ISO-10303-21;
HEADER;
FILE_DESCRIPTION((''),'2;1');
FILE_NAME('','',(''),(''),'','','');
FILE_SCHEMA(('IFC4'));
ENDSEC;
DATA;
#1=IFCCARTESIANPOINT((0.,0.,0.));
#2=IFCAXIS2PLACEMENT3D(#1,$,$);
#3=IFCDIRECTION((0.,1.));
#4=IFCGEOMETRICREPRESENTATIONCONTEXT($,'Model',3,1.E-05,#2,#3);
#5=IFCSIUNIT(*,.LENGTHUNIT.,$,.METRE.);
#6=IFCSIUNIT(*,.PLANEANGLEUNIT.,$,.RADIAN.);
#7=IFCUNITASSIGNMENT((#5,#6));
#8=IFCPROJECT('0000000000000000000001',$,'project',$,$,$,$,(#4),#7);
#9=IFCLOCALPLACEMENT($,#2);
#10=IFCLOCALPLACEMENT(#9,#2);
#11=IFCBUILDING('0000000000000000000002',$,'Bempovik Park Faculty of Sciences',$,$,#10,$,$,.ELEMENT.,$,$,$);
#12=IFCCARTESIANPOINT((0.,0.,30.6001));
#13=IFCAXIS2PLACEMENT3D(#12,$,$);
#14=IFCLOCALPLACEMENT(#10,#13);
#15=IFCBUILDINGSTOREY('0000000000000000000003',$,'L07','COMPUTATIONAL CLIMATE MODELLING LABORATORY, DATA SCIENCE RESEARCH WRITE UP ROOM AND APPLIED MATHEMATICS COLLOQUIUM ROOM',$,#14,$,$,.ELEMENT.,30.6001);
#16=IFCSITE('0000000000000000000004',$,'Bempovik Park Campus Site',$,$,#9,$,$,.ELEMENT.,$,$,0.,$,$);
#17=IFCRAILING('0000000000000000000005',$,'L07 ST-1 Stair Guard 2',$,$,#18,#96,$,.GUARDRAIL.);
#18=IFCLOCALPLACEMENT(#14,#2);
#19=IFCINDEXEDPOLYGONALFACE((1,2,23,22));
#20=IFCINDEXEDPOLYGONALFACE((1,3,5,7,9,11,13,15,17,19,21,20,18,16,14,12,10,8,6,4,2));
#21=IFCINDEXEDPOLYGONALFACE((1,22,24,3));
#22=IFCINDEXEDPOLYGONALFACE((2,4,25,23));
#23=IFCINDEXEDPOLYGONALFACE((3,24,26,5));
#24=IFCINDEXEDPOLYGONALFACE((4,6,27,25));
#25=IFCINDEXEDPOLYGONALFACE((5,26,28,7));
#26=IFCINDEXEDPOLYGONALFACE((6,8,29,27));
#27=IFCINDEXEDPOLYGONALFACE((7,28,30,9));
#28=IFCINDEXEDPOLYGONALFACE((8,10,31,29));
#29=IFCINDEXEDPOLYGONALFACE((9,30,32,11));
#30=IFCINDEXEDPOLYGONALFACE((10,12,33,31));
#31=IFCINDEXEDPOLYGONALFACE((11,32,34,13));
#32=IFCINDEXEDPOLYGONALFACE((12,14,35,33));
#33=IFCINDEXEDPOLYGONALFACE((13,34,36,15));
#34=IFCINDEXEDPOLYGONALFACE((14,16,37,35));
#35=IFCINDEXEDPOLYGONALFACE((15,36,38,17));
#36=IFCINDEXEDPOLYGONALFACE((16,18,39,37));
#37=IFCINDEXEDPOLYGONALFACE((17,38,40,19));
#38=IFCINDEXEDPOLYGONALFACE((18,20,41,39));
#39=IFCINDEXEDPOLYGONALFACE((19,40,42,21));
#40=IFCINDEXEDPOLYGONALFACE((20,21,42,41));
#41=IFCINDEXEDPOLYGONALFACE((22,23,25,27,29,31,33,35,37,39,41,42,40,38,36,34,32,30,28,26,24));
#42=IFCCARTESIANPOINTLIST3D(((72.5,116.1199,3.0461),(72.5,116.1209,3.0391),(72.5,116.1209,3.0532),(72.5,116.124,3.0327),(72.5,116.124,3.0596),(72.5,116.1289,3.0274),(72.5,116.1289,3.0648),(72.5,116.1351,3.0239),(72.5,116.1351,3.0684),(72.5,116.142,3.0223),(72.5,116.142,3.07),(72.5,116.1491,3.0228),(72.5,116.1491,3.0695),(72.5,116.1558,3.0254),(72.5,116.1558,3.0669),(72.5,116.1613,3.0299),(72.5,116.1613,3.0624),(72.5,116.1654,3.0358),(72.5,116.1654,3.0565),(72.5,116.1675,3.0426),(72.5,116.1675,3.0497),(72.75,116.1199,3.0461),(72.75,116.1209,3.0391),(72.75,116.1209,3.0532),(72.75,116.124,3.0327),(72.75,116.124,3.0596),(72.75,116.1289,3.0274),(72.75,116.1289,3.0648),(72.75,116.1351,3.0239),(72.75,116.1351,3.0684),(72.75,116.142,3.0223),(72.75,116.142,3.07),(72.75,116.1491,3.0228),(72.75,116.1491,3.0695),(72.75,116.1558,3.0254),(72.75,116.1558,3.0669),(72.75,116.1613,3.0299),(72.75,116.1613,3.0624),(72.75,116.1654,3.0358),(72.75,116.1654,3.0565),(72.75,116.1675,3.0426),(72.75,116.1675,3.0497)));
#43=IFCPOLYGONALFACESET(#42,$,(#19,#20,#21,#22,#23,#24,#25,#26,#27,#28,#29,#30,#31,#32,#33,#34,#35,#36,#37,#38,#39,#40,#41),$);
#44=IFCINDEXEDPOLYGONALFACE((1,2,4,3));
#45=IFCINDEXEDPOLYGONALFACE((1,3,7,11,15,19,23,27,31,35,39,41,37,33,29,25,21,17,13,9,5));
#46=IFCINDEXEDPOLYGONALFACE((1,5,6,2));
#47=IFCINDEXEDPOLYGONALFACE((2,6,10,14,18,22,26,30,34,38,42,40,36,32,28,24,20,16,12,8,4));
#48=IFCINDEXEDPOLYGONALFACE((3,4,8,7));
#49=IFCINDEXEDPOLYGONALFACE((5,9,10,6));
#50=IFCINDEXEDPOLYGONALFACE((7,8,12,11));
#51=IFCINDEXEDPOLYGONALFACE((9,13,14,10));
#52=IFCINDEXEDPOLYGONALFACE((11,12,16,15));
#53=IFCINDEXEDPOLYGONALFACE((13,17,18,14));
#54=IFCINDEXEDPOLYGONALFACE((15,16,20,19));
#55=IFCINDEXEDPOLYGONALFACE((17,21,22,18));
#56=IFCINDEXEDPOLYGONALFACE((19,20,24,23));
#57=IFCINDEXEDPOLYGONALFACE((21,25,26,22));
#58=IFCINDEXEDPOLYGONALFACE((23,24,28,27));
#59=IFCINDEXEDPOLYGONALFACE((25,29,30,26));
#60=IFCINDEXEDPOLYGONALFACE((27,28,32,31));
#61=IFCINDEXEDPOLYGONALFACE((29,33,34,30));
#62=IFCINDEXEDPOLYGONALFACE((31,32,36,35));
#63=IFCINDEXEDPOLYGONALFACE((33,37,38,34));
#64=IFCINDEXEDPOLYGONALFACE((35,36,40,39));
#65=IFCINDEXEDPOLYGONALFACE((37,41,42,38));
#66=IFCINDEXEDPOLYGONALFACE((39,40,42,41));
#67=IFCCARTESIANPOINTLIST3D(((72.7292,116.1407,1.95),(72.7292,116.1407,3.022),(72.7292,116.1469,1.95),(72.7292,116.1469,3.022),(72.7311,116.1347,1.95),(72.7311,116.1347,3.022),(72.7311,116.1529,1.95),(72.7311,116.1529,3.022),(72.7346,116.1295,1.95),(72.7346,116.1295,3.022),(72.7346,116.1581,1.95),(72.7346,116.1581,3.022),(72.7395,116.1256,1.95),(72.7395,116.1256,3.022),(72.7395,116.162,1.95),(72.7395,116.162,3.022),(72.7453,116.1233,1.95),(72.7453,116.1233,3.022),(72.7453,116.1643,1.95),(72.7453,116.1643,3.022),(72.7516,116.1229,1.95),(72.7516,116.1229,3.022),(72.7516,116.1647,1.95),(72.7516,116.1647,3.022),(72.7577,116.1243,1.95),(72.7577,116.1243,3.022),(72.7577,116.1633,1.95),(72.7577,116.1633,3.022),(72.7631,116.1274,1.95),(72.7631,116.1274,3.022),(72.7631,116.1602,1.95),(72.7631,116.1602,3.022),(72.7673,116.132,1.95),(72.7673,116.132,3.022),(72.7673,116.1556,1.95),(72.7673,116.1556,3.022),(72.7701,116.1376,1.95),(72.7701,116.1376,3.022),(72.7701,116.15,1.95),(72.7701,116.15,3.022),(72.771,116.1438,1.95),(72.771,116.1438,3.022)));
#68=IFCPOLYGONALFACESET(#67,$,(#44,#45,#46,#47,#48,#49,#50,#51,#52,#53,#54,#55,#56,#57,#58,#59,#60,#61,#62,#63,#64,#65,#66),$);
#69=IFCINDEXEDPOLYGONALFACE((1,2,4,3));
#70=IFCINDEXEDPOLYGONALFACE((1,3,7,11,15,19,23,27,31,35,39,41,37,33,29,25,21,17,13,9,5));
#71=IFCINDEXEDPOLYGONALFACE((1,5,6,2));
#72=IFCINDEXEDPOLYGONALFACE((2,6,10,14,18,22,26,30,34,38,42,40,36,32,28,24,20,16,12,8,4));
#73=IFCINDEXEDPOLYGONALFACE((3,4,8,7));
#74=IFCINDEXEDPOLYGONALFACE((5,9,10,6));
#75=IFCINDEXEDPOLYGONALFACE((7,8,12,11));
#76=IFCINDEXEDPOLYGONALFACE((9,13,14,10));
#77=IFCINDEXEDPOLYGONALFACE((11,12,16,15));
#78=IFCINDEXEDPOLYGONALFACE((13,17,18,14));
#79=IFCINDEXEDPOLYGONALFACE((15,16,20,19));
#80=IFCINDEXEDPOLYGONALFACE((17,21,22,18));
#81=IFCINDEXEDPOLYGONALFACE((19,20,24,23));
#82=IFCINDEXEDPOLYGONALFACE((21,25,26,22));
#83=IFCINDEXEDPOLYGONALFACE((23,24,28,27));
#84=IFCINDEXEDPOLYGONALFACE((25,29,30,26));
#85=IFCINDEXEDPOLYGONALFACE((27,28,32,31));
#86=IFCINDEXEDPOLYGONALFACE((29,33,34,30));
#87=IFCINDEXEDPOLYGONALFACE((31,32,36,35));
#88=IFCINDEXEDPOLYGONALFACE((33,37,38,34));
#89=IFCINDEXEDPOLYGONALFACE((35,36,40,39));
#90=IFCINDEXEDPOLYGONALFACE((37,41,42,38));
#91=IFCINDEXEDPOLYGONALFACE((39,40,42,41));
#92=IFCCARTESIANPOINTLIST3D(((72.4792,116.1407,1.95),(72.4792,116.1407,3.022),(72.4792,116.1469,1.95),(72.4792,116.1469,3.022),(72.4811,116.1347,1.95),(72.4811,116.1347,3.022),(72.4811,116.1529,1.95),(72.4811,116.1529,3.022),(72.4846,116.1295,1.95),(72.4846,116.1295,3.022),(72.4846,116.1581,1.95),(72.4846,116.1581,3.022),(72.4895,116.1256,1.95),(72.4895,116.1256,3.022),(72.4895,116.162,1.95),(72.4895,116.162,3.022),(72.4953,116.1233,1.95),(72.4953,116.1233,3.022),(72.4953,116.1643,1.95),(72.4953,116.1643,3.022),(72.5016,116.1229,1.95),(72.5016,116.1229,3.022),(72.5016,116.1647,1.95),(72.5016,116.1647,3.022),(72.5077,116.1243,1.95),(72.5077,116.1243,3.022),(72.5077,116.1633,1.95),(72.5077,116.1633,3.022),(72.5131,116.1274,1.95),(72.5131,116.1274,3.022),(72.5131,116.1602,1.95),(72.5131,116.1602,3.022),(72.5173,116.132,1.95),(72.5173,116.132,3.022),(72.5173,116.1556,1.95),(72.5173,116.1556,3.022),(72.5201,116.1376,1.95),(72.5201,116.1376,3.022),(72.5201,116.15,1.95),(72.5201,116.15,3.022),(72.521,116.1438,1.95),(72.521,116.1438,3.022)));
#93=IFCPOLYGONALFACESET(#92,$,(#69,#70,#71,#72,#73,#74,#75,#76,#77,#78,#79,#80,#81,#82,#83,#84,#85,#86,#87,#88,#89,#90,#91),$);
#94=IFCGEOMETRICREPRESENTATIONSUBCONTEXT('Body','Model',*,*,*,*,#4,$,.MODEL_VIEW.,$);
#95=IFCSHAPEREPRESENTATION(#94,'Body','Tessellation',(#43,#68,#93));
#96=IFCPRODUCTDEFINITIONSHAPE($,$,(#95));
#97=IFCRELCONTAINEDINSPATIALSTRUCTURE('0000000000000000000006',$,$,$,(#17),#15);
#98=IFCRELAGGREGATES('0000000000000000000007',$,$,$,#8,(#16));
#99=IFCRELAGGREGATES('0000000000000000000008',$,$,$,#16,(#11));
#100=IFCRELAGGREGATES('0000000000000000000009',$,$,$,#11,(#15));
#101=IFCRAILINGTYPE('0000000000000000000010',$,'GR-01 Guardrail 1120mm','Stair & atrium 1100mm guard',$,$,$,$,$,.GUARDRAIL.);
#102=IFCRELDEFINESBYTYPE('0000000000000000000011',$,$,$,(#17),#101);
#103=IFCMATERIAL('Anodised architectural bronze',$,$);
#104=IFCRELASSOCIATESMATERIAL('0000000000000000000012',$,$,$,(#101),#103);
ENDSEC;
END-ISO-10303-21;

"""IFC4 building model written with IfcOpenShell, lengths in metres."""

from ifc_helpers import new_model, si_unit, direction, frame, origin, origin_2d, place, context, subcontext, project, spatial, circle, extrude, material, type_object, element, save


model = new_model("IFC4")

# Units and contexts
model_context = context("Model", 3, precision=1e-05, world=origin(), true_north=direction((0.0, 1.0)))
body_context = subcontext(model_context, "Body", "Model", "MODEL_VIEW")
ifc_project = project(units=[si_unit("LENGTHUNIT", "METRE"), si_unit("PLANEANGLEUNIT", "RADIAN")], contexts=[model_context])

# Site, building, storey
site_placement = place(None, origin())
site = spatial("IfcSite", under=ifc_project, at=site_placement, Name="Bempovik Park Campus Site", CompositionType="ELEMENT", RefElevation=0.0)
building_placement = place(site_placement, origin())
building = spatial("IfcBuilding", under=site, at=building_placement, Name="Bempovik Park Faculty of Sciences", CompositionType="ELEMENT")
storey_placement = place(building_placement, frame((0.0, 0.0, 30.6001)))
storey = spatial("IfcBuildingStorey", under=building, at=storey_placement, Name="L07", Description="COMPUTATIONAL CLIMATE MODELLING LABORATORY, DATA SCIENCE RESEARCH WRITE UP ROOM AND APPLIED MATHEMATICS COLLOQUIUM ROOM", CompositionType="ELEMENT", Elevation=30.6001)

# Railing
ifc_material_1 = material(Name="Anodised architectural bronze")
railing_type_1 = type_object("IfcRailingType", Name="GR-01 Guardrail 1120mm", Description="Stair & atrium 1100mm guard", PredefinedType="GUARDRAIL", material=ifc_material_1)
railing_1_placement = place(storey_placement, frame((72.75, 116.1438, 1.95)))
element("IfcRailing", 1, at=railing_1_placement, inside=storey, type_object=railing_type_1, Name="L07 ST-1 Stair Guard 2", PredefinedType="GUARDRAIL", context=body_context, shape_type="SweptSolid", body=[
    extrude(circle(Radius=0.0239, at=origin_2d()), frame((0.0, 0.0, 1.0962), z_axis=(-1.0, 0.0, 0.0), x_axis=(0.0, -1.0, 0.0)), (0.0, 0.0, 1.0), 0.25),
    extrude(circle(Radius=0.021, at=origin_2d()), origin(), (0.0, 0.0, 1.0), 1.072),
    extrude(circle(Radius=0.021, at=origin_2d()), frame((-0.25, 0.0, 0.0)), (0.0, 0.0, 1.0), 1.072),
])

save(model, "model.ifc")
